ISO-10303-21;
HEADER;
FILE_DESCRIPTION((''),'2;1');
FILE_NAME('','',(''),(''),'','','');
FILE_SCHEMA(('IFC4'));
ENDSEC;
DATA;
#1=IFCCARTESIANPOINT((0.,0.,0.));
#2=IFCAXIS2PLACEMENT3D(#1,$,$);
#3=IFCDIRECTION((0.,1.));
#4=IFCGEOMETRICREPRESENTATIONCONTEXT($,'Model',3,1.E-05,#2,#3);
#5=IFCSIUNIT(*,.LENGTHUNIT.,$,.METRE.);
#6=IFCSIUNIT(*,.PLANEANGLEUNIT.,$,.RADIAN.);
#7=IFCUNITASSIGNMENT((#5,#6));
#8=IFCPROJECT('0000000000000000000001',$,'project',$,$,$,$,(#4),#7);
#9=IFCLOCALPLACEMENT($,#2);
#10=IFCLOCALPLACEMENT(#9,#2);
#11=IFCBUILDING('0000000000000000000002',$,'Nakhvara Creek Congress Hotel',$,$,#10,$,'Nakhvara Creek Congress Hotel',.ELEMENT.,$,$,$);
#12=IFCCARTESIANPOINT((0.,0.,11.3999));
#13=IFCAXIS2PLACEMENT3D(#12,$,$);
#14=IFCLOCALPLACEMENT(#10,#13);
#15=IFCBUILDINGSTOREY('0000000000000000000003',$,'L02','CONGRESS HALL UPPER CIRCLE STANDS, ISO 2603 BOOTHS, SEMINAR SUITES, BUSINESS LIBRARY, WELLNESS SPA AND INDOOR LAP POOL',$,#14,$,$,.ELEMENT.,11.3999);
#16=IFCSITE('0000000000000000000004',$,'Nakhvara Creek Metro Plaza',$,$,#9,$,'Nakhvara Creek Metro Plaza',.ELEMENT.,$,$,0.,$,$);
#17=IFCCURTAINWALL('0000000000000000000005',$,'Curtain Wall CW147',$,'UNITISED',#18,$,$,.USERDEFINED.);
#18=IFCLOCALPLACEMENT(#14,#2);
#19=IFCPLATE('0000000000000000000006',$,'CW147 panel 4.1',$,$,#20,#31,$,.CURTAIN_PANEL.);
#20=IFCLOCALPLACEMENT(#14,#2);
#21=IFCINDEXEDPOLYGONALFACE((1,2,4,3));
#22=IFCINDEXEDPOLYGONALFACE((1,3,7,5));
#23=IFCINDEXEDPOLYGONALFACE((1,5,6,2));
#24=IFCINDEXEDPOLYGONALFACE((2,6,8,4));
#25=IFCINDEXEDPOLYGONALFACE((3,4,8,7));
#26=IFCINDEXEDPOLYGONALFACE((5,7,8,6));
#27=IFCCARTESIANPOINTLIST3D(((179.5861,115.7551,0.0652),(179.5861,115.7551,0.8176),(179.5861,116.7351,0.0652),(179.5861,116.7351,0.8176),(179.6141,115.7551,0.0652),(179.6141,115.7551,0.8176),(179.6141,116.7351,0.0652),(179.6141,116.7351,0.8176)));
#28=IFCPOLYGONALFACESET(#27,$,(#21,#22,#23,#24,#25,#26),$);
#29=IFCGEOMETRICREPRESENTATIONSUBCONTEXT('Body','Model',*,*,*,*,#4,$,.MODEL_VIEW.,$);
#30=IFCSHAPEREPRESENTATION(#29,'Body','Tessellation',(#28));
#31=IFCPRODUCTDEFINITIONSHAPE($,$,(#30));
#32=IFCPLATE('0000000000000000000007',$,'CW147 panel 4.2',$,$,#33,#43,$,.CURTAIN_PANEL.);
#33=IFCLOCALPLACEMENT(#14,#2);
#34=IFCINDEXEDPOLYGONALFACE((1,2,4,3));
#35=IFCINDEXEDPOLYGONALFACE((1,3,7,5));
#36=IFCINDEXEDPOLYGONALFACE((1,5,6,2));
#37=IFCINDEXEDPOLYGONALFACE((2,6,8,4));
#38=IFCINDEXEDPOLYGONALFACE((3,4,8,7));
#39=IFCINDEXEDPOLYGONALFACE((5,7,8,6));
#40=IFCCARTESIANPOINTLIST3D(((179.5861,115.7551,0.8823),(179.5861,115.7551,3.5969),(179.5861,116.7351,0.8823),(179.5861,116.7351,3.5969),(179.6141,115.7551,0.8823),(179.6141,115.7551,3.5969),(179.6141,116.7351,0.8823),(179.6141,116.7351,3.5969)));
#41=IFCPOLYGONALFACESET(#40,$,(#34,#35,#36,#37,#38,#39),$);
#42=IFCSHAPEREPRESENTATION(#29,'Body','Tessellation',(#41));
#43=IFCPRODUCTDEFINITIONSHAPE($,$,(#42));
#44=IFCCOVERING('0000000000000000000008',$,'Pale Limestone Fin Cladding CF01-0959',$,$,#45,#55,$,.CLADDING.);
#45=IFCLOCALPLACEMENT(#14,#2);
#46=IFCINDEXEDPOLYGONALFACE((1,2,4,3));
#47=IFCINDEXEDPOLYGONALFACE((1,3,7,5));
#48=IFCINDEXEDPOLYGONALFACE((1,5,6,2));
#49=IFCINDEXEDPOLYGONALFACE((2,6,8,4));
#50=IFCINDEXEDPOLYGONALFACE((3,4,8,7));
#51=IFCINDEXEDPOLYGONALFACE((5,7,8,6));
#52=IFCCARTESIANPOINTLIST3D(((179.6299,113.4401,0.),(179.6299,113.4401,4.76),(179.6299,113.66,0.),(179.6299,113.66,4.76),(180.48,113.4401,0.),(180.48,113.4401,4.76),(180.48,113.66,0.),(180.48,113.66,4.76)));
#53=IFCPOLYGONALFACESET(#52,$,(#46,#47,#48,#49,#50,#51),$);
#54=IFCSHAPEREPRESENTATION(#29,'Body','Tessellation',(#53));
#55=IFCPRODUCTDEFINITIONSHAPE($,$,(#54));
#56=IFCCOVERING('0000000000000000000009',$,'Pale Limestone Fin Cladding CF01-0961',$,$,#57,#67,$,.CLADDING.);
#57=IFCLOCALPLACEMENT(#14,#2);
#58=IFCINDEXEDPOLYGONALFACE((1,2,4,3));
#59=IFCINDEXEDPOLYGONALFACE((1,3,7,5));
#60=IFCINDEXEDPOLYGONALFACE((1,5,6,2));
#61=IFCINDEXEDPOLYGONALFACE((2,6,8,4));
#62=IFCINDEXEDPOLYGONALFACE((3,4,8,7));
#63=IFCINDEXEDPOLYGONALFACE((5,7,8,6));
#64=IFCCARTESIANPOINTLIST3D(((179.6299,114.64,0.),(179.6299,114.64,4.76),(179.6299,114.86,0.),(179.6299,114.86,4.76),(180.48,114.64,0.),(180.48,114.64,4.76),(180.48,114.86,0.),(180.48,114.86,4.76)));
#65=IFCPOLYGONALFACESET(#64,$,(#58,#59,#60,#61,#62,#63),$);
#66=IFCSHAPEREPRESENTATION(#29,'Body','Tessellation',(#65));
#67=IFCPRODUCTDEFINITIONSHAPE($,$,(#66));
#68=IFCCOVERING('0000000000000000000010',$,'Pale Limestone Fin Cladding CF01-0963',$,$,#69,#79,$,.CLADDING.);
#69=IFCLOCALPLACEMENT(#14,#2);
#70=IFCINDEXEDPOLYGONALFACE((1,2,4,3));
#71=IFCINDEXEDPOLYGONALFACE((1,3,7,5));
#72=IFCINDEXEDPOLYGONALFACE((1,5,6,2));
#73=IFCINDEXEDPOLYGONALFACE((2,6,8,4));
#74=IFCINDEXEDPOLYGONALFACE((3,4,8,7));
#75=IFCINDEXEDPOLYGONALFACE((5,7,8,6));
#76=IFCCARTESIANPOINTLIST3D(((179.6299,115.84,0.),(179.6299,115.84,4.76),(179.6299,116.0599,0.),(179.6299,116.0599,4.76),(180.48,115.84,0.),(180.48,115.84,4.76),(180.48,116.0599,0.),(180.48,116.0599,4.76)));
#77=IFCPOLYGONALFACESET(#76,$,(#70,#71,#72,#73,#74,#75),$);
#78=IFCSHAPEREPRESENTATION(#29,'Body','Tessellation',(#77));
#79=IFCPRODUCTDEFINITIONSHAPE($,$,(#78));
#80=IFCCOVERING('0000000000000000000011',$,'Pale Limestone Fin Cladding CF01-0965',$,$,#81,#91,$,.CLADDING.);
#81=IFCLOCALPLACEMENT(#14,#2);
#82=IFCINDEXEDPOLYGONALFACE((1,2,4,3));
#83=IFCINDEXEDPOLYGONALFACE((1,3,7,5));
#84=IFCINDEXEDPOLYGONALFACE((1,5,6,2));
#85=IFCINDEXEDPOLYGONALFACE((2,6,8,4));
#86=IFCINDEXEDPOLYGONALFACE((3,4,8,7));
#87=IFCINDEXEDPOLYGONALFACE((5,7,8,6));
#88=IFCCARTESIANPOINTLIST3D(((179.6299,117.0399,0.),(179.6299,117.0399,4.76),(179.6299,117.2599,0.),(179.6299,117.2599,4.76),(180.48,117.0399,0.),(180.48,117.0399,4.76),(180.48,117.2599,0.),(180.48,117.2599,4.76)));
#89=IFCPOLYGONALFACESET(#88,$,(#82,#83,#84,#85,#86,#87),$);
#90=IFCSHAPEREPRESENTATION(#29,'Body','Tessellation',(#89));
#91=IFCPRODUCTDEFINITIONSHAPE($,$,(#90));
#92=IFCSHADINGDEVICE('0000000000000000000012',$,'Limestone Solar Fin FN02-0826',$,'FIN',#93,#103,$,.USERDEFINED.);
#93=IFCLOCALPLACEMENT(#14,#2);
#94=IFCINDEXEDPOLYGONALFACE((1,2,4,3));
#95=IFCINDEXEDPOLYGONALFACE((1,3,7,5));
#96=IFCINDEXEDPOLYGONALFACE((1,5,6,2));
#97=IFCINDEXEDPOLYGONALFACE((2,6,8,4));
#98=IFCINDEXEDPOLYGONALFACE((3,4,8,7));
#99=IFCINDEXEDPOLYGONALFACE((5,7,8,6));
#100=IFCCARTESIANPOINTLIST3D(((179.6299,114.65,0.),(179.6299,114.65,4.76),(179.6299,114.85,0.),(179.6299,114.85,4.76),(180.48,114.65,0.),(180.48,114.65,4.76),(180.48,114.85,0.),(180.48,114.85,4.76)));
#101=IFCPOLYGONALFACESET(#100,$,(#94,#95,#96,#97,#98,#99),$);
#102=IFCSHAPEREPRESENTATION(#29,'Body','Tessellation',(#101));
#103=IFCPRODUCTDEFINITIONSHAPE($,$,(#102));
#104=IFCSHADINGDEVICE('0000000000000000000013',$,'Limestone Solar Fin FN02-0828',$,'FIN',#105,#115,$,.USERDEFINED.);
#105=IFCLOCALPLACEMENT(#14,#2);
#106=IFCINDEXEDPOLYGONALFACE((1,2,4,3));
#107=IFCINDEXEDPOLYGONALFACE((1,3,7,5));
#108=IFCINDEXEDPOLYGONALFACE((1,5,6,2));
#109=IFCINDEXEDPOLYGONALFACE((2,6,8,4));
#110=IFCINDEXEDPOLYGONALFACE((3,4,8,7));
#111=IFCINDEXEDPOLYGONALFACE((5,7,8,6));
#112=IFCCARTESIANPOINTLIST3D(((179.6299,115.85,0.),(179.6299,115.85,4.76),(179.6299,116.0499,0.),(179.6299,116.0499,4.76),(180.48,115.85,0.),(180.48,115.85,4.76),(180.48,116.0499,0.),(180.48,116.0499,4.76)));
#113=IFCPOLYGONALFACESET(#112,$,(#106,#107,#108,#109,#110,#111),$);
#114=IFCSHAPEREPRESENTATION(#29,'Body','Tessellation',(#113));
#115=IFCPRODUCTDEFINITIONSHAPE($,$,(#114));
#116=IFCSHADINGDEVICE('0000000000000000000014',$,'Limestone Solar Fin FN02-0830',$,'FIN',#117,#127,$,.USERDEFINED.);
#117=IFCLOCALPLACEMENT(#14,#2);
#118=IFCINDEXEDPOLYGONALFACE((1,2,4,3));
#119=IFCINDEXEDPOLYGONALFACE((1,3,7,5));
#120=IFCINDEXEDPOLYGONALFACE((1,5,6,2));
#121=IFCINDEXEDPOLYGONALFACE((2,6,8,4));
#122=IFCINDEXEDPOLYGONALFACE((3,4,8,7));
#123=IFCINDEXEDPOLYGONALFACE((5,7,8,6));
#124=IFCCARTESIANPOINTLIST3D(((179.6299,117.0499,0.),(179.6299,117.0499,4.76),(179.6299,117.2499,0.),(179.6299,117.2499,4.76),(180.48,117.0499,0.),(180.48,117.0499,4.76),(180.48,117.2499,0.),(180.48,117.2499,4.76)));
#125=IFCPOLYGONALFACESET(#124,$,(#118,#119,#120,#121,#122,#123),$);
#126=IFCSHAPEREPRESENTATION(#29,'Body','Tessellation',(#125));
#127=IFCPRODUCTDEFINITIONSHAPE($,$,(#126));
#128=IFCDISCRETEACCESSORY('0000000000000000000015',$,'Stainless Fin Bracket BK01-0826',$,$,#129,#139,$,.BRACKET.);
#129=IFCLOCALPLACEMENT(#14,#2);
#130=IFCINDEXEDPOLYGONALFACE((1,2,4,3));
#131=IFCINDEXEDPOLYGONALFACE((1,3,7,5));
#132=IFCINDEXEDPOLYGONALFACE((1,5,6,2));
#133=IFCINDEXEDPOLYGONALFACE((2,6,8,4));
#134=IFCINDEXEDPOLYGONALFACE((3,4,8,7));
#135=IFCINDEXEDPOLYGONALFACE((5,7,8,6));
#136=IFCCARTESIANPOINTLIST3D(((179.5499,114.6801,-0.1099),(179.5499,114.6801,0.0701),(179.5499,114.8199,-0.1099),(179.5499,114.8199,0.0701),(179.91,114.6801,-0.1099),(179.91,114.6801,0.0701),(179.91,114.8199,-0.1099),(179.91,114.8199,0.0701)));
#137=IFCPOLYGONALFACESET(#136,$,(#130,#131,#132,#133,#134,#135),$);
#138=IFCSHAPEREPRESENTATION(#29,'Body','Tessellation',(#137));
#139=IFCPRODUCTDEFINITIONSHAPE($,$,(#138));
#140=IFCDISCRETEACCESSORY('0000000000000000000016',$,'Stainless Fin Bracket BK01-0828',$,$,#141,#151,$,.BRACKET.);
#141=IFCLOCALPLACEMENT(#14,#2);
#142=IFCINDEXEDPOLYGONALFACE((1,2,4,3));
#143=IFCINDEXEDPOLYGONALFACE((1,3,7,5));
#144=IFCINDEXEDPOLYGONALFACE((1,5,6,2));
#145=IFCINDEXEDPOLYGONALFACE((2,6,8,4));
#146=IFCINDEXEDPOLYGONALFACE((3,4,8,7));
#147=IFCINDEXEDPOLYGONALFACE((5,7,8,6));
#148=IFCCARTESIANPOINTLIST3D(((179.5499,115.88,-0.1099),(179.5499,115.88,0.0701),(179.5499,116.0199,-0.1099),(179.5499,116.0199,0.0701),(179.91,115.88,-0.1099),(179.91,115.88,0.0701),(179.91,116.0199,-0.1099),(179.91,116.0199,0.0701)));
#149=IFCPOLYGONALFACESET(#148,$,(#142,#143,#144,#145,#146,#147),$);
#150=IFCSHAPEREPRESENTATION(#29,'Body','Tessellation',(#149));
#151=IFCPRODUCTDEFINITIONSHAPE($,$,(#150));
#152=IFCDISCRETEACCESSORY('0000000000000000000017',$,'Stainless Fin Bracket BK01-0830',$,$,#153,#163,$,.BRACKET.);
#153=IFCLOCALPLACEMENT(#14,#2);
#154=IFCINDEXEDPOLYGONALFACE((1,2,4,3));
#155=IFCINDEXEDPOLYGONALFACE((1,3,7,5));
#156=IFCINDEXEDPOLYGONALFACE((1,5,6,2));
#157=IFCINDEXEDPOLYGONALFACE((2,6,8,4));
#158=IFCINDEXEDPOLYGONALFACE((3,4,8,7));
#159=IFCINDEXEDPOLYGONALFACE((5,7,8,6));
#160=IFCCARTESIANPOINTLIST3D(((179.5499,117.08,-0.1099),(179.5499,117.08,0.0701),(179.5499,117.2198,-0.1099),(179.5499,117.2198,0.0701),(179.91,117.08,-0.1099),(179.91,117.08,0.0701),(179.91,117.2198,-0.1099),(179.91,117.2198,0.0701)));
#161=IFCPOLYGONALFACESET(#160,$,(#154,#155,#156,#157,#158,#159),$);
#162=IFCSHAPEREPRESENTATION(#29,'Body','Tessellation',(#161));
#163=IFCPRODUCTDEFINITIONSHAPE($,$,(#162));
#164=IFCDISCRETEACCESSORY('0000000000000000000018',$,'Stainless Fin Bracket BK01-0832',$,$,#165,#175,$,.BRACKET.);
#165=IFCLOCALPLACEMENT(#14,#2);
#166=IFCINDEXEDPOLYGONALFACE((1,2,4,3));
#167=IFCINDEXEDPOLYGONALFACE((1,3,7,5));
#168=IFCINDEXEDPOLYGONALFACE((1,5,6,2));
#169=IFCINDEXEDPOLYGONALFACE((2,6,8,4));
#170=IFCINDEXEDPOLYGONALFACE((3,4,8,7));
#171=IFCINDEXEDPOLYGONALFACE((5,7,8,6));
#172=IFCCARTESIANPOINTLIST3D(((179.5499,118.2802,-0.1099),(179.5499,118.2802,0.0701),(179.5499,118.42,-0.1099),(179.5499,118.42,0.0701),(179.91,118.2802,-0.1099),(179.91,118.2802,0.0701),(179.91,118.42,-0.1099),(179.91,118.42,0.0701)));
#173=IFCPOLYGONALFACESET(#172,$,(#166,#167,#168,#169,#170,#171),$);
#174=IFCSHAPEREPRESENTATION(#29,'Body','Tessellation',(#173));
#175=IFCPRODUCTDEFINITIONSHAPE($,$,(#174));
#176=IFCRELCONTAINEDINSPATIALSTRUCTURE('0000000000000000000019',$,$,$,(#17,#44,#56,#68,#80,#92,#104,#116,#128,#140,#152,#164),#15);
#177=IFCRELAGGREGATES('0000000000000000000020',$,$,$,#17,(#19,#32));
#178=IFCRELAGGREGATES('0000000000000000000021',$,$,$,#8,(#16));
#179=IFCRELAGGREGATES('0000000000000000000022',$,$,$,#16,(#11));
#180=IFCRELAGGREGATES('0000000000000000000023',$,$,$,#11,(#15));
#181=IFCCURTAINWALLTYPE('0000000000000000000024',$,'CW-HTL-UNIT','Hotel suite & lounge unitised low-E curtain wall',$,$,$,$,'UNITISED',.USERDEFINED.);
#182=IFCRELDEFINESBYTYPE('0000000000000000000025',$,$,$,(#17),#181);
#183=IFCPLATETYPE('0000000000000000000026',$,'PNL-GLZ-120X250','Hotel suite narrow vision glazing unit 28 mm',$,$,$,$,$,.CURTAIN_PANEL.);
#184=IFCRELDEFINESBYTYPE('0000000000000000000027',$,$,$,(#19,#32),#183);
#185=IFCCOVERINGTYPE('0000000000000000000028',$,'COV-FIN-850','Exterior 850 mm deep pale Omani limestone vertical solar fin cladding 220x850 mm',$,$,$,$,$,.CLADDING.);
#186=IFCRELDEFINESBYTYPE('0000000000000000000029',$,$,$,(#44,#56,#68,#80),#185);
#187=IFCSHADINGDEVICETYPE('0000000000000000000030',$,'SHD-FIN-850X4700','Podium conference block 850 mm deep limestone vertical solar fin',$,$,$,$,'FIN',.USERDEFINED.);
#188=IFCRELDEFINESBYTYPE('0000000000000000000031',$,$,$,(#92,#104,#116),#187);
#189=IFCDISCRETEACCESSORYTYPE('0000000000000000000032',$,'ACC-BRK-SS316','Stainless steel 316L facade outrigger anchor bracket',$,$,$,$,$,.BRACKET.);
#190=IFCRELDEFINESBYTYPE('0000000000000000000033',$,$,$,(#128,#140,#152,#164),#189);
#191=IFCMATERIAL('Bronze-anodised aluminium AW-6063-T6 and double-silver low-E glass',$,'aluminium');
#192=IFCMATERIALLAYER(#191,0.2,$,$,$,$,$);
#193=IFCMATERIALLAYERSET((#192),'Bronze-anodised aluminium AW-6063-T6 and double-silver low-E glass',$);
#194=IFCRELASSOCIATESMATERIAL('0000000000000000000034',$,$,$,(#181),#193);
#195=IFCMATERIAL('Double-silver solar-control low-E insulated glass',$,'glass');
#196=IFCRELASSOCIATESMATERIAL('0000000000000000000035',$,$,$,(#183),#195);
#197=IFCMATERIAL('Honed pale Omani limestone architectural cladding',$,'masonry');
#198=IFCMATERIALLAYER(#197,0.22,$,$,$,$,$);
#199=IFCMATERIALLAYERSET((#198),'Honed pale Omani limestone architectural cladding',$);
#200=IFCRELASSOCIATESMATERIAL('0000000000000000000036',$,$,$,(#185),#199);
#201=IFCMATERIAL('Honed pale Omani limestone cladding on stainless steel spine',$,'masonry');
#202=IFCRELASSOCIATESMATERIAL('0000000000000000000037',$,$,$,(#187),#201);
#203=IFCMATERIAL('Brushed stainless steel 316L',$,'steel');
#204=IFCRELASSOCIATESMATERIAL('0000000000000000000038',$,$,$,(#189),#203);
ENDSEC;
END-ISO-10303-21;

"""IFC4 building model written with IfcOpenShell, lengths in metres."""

from ifc_helpers import new_model, si_unit, direction, frame, origin, origin_2d, place, context, subcontext, project, spatial, rectangle, extrude, material, layer, layer_set, type_object, element, aggregate, save


model = new_model("IFC4")

# Units and contexts
model_context = context("Model", 3, precision=1e-05, world=origin(), true_north=direction((0.0, 1.0)))
body_context = subcontext(model_context, "Body", "Model", "MODEL_VIEW")
ifc_project = project(units=[si_unit("LENGTHUNIT", "METRE"), si_unit("PLANEANGLEUNIT", "RADIAN")], contexts=[model_context])

# Site, building, storey
site_placement = place(None, origin())
site = spatial("IfcSite", under=ifc_project, at=site_placement, Name="Nakhvara Creek Metro Plaza", LongName="Nakhvara Creek Metro Plaza", CompositionType="ELEMENT", RefElevation=0.0)
building_placement = place(site_placement, origin())
building = spatial("IfcBuilding", under=site, at=building_placement, Name="Nakhvara Creek Congress Hotel", LongName="Nakhvara Creek Congress Hotel", CompositionType="ELEMENT")
storey_placement = place(building_placement, frame((0.0, 0.0, 11.3999)))
storey = spatial("IfcBuildingStorey", under=building, at=storey_placement, Name="L02", Description="CONGRESS HALL UPPER CIRCLE STANDS, ISO 2603 BOOTHS, SEMINAR SUITES, BUSINESS LIBRARY, WELLNESS SPA AND INDOOR LAP POOL", CompositionType="ELEMENT", Elevation=11.3999)

# Curtain wall, plates
ifc_material_1 = material(Name="Bronze-anodised aluminium AW-6063-T6 and double-silver low-E glass", Category="aluminium")
ifc_layer_1 = layer(ifc_material_1, 0.2)
ifc_layer_set_1 = layer_set([ifc_layer_1], Name="Bronze-anodised aluminium AW-6063-T6 and double-silver low-E glass")
curtain_wall_type = type_object("IfcCurtainWallType", Name="CW-HTL-UNIT", Description="Hotel suite & lounge unitised low-E curtain wall", ElementType="UNITISED", PredefinedType="USERDEFINED", material=ifc_layer_set_1)
curtain_wall_placement = place(storey_placement, origin())
curtain_wall = element("IfcCurtainWall", 1, at=curtain_wall_placement, inside=storey, type_object=curtain_wall_type, Name="Curtain Wall CW147", ObjectType="UNITISED", PredefinedType="USERDEFINED")
ifc_material_2 = material(Name="Double-silver solar-control low-E insulated glass", Category="glass")
plate_type = type_object("IfcPlateType", Name="PNL-GLZ-120X250", Description="Hotel suite narrow vision glazing unit 28 mm", PredefinedType="CURTAIN_PANEL", material=ifc_material_2)
plate_1_placement = place(storey_placement, frame((179.6001, 116.2451, 0.0652), z_axis=(0.0, 0.0, 1.0), x_axis=(0.0, -1.0, 0.0)))
plate_1 = element("IfcPlate", 2, at=plate_1_placement, type_object=plate_type, Name="CW147 panel 4.1", PredefinedType="CURTAIN_PANEL", context=body_context, shape_type="SweptSolid", body=[
    extrude(rectangle(XDim=0.98, YDim=0.0281, at=origin_2d()), origin(), (0.0, 0.0, 1.0), 0.7524),
])
plate_2_placement = place(storey_placement, frame((179.6001, 116.2451, 0.8823), z_axis=(0.0, 0.0, 1.0), x_axis=(0.0, -1.0, 0.0)))
plate_2 = element("IfcPlate", 3, at=plate_2_placement, type_object=plate_type, Name="CW147 panel 4.2", PredefinedType="CURTAIN_PANEL", context=body_context, shape_type="SweptSolid", body=[
    extrude(rectangle(XDim=0.98, YDim=0.0281, at=origin_2d()), origin(), (0.0, 0.0, 1.0), 2.7146),
])
aggregate(curtain_wall, [plate_1, plate_2])

# Coverings
ifc_material_3 = material(Name="Honed pale Omani limestone architectural cladding", Category="masonry")
ifc_layer_2 = layer(ifc_material_3, 0.22)
ifc_layer_set_2 = layer_set([ifc_layer_2], Name="Honed pale Omani limestone architectural cladding")
covering_type = type_object("IfcCoveringType", Name="COV-FIN-850", Description="Exterior 850 mm deep pale Omani limestone vertical solar fin cladding 220x850 mm", PredefinedType="CLADDING", material=ifc_layer_set_2)
for number, where, z_axis, x_axis, name in (
    (4, (180.0549, 113.55, 0.0), (0.0, 0.0, 1.0), (0.0, 1.0, 0.0), "Pale Limestone Fin Cladding CF01-0959"),
    (5, (180.0549, 114.75, 0.0), (0.0, 0.0, 1.0), (0.0, 1.0, 0.0), "Pale Limestone Fin Cladding CF01-0961"),
    (6, (180.0549, 115.95, 0.0), (0.0, 0.0, 1.0), (0.0, 1.0, 0.0), "Pale Limestone Fin Cladding CF01-0963"),
    (7, (180.0549, 117.1499, 0.0), (0.0, 0.0, 1.0), (0.0, 1.0, 0.0), "Pale Limestone Fin Cladding CF01-0965"),
):
    element("IfcCovering", number, at=place(storey_placement, frame(where, z_axis=z_axis, x_axis=x_axis)), inside=storey, type_object=covering_type, Name=name, PredefinedType="CLADDING", context=body_context, shape_type="SweptSolid", body=[
        extrude(rectangle(XDim=0.22, YDim=0.8501, at=origin_2d()), origin(), (0.0, 0.0, 1.0), 4.76),
    ])

# Shading devices
ifc_material_4 = material(Name="Honed pale Omani limestone cladding on stainless steel spine", Category="masonry")
shading_device_type = type_object("IfcShadingDeviceType", Name="SHD-FIN-850X4700", Description="Podium conference block 850 mm deep limestone vertical solar fin", ElementType="FIN", PredefinedType="USERDEFINED", material=ifc_material_4)
for number, where, z_axis, x_axis, name in (
    (8, (180.0549, 114.75, 0.0), (0.0, 0.0, 1.0), (0.0, 1.0, 0.0), "Limestone Solar Fin FN02-0826"),
    (9, (180.0549, 115.95, 0.0), (0.0, 0.0, 1.0), (0.0, 1.0, 0.0), "Limestone Solar Fin FN02-0828"),
    (10, (180.0549, 117.1499, 0.0), (0.0, 0.0, 1.0), (0.0, 1.0, 0.0), "Limestone Solar Fin FN02-0830"),
):
    element("IfcShadingDevice", number, at=place(storey_placement, frame(where, z_axis=z_axis, x_axis=x_axis)), inside=storey, type_object=shading_device_type, Name=name, ObjectType="FIN", PredefinedType="USERDEFINED", context=body_context, shape_type="SweptSolid", body=[
        extrude(rectangle(XDim=0.2, YDim=0.8501, at=origin_2d()), origin(), (0.0, 0.0, 1.0), 4.76),
    ])

# Discrete accessories
ifc_material_5 = material(Name="Brushed stainless steel 316L", Category="steel")
discrete_accessory_type = type_object("IfcDiscreteAccessoryType", Name="ACC-BRK-SS316", Description="Stainless steel 316L facade outrigger anchor bracket", PredefinedType="BRACKET", material=ifc_material_5)
for number, where, z_axis, x_axis, name in (
    (11, (179.73, 114.75, -0.1099), (0.0, 0.0, 1.0), (0.0, 1.0, 0.0), "Stainless Fin Bracket BK01-0826"),
    (12, (179.73, 115.95, -0.1099), (0.0, 0.0, 1.0), (0.0, 1.0, 0.0), "Stainless Fin Bracket BK01-0828"),
    (13, (179.73, 117.1499, -0.1099), (0.0, 0.0, 1.0), (0.0, 1.0, 0.0), "Stainless Fin Bracket BK01-0830"),
    (14, (179.73, 118.3501, -0.1099), (0.0, 0.0, 1.0), (0.0, 1.0, 0.0), "Stainless Fin Bracket BK01-0832"),
):
    element("IfcDiscreteAccessory", number, at=place(storey_placement, frame(where, z_axis=z_axis, x_axis=x_axis)), inside=storey, type_object=discrete_accessory_type, Name=name, PredefinedType="BRACKET", context=body_context, shape_type="SweptSolid", body=[
        extrude(rectangle(XDim=0.1399, YDim=0.3601, at=origin_2d()), origin(), (0.0, 0.0, 1.0), 0.1799),
    ])

save(model, "model.ifc")
